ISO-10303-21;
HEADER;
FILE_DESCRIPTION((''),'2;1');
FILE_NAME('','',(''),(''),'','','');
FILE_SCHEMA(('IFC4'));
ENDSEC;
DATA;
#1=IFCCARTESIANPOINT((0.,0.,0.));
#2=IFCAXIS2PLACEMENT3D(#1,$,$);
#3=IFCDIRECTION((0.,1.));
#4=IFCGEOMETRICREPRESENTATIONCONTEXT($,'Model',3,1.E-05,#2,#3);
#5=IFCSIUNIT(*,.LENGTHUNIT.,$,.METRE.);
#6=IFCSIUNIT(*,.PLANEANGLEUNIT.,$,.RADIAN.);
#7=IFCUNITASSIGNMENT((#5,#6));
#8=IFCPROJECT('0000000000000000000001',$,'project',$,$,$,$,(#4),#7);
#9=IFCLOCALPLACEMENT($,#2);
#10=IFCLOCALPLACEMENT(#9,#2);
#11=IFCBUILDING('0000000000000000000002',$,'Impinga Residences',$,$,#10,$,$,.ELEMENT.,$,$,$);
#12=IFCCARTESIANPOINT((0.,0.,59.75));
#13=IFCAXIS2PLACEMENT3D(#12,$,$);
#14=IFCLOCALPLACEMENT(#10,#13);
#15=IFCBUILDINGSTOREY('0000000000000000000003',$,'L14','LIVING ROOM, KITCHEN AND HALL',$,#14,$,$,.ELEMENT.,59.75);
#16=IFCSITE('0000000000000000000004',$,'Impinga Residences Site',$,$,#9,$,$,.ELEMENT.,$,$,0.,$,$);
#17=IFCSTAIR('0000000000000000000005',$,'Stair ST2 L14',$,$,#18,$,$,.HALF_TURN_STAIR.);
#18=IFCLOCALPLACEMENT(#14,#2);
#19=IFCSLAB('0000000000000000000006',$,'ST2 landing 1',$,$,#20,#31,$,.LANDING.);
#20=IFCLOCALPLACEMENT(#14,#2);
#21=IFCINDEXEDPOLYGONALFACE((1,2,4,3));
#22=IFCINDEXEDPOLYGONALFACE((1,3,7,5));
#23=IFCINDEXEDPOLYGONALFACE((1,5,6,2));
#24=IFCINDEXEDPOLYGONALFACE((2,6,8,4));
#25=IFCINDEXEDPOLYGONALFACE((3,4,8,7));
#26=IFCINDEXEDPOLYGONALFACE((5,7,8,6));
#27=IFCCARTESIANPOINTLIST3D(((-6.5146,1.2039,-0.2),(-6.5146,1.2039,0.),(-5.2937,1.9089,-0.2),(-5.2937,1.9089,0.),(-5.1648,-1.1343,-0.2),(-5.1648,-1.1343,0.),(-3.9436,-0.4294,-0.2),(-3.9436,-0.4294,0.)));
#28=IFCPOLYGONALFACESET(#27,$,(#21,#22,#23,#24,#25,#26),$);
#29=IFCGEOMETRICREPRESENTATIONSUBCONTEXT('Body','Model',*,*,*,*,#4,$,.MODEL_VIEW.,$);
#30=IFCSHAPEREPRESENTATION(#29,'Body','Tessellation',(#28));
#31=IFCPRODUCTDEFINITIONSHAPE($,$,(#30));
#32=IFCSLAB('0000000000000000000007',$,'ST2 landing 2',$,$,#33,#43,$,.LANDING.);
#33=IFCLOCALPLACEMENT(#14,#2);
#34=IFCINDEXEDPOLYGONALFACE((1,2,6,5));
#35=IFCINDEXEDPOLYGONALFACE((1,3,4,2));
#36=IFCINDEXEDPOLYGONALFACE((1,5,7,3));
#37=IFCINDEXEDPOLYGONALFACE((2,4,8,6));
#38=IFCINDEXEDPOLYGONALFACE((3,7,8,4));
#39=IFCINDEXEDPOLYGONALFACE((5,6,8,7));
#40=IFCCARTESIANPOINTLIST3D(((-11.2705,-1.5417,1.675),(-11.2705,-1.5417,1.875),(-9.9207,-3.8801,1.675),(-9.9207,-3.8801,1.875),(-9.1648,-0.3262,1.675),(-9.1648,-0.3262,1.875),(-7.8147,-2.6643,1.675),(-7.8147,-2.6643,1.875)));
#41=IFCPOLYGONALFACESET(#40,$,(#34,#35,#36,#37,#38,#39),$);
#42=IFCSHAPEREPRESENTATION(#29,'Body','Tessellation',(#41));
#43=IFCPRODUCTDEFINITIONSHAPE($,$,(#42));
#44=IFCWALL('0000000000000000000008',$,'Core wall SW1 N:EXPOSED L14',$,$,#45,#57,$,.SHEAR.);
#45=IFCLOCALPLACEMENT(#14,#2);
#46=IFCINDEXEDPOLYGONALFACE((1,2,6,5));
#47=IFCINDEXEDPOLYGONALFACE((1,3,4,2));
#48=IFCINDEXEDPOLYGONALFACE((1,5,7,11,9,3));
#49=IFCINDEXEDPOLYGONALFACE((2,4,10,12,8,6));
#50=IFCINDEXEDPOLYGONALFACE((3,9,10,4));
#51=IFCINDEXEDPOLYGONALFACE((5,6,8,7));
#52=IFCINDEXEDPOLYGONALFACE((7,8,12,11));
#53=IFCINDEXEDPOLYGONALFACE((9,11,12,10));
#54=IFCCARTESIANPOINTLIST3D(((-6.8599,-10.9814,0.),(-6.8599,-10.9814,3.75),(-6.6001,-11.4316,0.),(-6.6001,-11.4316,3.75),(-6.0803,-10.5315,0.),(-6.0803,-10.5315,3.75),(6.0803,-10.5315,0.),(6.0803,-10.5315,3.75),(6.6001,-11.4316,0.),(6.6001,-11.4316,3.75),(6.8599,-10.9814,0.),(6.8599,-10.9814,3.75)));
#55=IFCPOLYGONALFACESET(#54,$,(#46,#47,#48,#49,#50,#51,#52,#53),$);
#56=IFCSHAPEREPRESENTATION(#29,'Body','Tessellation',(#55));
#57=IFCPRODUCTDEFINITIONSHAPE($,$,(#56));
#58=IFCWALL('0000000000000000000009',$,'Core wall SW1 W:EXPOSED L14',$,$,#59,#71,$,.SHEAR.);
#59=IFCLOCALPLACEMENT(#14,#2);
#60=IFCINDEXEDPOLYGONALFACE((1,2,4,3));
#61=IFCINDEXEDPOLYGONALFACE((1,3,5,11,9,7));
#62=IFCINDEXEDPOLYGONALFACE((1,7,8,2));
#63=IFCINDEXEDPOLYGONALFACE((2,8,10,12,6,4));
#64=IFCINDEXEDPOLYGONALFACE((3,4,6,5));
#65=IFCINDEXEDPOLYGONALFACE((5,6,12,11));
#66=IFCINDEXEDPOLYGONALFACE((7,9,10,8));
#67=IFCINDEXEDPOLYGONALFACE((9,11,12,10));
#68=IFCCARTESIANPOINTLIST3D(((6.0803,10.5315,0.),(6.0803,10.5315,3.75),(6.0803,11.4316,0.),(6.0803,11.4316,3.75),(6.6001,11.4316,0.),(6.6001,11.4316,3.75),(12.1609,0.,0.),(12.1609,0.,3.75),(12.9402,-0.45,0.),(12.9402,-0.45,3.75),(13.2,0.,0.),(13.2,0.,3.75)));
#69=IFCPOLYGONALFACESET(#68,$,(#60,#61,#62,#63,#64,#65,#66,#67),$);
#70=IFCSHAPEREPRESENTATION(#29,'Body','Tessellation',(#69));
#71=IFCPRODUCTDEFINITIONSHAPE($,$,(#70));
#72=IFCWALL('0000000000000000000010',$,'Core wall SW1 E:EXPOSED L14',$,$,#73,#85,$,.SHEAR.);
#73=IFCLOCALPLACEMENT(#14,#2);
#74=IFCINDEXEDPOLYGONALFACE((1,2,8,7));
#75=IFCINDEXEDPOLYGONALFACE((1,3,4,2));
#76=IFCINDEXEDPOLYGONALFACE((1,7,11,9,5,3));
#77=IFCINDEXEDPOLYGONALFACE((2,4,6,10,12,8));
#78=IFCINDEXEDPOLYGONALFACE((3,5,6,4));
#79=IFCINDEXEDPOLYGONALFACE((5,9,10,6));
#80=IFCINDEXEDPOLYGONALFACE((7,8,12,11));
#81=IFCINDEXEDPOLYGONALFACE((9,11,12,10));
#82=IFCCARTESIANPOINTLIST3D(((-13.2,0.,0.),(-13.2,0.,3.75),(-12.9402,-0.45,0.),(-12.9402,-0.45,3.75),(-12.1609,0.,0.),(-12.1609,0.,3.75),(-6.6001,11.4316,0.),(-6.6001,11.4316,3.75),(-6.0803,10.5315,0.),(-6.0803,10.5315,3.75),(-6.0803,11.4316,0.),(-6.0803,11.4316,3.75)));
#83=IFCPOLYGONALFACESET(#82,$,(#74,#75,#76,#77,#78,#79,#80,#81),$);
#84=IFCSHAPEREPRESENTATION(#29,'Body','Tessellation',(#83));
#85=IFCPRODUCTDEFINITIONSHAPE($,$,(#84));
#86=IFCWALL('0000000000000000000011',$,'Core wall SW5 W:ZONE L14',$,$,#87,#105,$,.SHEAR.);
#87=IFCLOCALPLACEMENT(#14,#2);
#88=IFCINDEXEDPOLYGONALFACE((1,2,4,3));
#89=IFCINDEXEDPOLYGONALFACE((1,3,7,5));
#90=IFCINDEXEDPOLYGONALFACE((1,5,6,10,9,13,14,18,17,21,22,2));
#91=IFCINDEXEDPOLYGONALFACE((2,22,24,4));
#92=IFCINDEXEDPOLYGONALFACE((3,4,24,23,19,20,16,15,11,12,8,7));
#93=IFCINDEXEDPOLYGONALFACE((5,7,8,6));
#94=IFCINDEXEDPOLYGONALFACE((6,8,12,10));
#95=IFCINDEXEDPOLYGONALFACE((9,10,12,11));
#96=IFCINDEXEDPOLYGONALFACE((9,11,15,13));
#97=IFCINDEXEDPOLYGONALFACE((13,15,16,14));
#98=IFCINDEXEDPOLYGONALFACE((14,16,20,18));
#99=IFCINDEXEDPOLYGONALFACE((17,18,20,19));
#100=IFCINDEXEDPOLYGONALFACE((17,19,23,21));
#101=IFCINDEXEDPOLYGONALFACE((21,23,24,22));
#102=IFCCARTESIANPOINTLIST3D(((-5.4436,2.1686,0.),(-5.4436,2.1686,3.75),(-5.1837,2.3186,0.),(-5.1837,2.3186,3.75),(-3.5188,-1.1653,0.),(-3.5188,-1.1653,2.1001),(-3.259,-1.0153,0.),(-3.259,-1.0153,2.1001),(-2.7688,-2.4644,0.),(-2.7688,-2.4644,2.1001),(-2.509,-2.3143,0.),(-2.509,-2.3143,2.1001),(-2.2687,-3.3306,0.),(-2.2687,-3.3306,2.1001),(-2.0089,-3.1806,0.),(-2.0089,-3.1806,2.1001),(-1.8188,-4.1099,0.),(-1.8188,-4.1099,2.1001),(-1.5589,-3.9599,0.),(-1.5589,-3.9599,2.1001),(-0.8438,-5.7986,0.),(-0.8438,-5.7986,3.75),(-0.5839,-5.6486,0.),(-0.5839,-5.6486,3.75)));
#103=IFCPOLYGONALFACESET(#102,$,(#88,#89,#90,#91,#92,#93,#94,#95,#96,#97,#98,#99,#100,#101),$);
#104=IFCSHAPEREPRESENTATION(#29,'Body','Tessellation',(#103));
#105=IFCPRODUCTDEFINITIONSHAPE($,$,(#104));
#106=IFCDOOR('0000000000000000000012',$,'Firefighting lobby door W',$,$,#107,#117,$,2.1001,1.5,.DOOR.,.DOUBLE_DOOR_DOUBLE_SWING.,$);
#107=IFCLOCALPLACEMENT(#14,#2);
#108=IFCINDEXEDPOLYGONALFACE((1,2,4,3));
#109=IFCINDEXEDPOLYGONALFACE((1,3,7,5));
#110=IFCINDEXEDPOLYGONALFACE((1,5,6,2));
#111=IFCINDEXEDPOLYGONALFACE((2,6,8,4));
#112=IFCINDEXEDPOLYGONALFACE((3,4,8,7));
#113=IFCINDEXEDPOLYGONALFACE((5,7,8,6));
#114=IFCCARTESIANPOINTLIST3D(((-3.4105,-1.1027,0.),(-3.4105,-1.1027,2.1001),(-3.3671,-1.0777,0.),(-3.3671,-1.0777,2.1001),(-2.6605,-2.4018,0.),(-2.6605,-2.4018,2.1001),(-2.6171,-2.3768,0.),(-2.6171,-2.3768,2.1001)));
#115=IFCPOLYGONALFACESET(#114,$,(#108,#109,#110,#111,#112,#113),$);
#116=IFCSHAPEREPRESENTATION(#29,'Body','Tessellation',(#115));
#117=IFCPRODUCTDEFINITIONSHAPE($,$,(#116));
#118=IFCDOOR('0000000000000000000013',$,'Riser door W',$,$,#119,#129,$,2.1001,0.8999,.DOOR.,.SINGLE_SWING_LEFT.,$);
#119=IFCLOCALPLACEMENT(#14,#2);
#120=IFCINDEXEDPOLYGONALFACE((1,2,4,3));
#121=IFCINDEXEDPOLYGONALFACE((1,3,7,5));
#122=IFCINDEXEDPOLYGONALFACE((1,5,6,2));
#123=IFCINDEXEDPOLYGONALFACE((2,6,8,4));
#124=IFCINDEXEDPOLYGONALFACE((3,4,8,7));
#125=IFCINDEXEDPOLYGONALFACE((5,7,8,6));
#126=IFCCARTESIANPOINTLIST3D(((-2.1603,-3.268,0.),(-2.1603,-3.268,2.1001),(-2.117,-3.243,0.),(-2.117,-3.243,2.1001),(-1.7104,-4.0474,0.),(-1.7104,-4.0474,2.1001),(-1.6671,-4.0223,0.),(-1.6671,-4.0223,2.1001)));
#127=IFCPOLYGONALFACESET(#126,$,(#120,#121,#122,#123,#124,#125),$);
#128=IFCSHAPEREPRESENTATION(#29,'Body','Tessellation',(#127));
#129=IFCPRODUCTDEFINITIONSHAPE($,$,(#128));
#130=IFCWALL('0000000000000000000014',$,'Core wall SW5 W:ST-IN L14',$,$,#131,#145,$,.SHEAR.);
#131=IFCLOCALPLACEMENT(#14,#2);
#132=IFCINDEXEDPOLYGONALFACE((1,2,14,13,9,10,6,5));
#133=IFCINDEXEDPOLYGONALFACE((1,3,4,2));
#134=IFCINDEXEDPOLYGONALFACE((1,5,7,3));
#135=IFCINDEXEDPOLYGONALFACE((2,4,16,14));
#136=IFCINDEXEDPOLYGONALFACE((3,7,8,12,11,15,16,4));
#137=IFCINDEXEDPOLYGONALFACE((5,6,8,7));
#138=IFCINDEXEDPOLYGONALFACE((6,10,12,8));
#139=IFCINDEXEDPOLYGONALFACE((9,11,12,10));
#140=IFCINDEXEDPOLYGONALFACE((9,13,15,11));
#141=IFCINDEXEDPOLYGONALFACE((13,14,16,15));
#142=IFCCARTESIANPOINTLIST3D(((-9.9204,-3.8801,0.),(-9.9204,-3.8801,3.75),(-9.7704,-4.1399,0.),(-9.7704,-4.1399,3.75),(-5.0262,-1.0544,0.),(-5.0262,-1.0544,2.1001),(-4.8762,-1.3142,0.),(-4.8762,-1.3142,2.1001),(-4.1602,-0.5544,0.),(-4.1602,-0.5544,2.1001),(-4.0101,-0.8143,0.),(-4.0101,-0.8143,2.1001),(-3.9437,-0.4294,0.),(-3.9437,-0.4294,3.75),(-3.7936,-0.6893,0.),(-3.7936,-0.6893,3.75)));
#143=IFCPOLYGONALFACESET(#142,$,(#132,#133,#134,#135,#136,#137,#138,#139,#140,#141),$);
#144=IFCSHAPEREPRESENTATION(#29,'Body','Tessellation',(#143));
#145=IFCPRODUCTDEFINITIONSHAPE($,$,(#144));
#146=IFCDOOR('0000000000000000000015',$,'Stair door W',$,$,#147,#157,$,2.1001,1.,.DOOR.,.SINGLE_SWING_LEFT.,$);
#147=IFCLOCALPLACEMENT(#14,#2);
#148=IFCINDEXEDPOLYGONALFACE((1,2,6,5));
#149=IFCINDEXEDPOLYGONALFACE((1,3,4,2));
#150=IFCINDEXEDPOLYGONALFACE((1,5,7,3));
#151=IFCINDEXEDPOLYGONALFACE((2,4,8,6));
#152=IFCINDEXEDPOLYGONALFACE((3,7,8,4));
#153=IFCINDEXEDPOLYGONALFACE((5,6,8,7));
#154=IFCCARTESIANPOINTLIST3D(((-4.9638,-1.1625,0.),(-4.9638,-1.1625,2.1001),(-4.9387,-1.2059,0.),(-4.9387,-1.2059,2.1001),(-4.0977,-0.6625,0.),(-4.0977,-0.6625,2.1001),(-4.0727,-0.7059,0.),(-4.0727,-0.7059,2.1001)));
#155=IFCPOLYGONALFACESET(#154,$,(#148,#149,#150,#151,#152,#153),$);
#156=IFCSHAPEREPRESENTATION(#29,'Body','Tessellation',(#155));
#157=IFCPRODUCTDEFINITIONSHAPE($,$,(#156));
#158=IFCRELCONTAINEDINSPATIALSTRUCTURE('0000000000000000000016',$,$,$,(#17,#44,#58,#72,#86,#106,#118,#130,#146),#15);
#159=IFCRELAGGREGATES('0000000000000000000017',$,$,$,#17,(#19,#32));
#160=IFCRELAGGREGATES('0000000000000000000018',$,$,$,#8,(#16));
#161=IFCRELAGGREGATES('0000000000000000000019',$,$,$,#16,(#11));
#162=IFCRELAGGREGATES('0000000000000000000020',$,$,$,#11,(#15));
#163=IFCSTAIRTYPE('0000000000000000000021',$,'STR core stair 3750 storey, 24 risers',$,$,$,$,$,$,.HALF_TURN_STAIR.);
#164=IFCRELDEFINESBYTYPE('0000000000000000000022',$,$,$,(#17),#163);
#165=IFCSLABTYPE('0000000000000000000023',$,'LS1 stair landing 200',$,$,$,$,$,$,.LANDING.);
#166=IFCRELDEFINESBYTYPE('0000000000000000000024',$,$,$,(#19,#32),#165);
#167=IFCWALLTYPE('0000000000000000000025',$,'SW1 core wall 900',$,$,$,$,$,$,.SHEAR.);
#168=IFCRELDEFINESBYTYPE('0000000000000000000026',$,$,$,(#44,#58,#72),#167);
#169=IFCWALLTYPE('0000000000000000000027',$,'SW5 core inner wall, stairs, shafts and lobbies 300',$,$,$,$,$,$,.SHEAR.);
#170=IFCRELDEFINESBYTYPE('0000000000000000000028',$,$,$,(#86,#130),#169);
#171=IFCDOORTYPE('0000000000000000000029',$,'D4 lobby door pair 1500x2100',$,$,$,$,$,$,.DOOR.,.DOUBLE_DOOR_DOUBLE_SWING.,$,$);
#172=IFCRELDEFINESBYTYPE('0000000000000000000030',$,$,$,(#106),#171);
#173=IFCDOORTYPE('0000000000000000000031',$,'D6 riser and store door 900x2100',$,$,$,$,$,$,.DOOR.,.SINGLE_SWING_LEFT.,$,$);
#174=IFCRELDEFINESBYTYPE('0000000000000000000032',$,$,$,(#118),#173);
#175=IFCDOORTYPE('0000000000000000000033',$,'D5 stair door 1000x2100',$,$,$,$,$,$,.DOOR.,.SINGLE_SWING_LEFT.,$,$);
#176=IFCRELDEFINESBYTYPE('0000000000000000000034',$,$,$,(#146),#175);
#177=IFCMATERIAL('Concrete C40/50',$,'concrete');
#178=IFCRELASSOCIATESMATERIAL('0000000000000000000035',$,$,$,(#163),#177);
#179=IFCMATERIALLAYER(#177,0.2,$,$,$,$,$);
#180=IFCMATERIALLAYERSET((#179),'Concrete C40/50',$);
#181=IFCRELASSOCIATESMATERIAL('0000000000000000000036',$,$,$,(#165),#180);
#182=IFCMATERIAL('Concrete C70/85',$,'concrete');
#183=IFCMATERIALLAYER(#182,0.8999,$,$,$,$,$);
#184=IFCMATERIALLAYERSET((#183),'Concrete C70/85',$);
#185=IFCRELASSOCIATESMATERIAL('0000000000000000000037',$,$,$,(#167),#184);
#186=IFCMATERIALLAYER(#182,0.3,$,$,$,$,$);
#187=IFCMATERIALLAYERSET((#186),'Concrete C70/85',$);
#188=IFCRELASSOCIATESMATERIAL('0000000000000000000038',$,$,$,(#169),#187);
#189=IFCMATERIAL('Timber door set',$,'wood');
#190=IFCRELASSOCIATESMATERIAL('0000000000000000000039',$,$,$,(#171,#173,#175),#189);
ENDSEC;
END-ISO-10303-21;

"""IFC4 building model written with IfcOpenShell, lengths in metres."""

from ifc_helpers import new_model, si_unit, direction, frame, frame_2d, origin, place, context, subcontext, project, spatial, polyline, rectangle, outline, extrude, material, layer, layer_set, type_object, element, fill, aggregate, save


model = new_model("IFC4")

# Units and contexts
model_context = context("Model", 3, precision=1e-05, world=origin(), true_north=direction((0.0, 1.0)))
body_context = subcontext(model_context, "Body", "Model", "MODEL_VIEW")
ifc_project = project(units=[si_unit("LENGTHUNIT", "METRE"), si_unit("PLANEANGLEUNIT", "RADIAN")], contexts=[model_context])

# Site, building, storey
site_placement = place(None, origin())
site = spatial("IfcSite", under=ifc_project, at=site_placement, Name="Impinga Residences Site", CompositionType="ELEMENT", RefElevation=0.0)
building_placement = place(site_placement, origin())
building = spatial("IfcBuilding", under=site, at=building_placement, Name="Impinga Residences", CompositionType="ELEMENT")
storey_placement = place(building_placement, frame((0.0, 0.0, 59.75)))
storey = spatial("IfcBuildingStorey", under=building, at=storey_placement, Name="L14", Description="LIVING ROOM, KITCHEN AND HALL", CompositionType="ELEMENT", Elevation=59.75)

# Stair, slabs
ifc_material_1 = material(Name="Concrete C40/50", Category="concrete")
stair_type = type_object("IfcStairType", Name="STR core stair 3750 storey, 24 risers", PredefinedType="HALF_TURN_STAIR", material=ifc_material_1)
ifc_layer_1 = layer(ifc_material_1, 0.2)
ifc_layer_set_1 = layer_set([ifc_layer_1], Name="Concrete C40/50")
slab_type_1 = type_object("IfcSlabType", Name="LS1 stair landing 200", PredefinedType="LANDING", material=ifc_layer_set_1)
stair_1_placement = place(storey_placement, origin())
stair_1 = element("IfcStair", 1, at=stair_1_placement, inside=storey, type_object=stair_type, Name="Stair ST2 L14", PredefinedType="HALF_TURN_STAIR")
slab_1_placement = place(storey_placement, frame((0.0, 0.0, -0.2)))
slab_1 = element("IfcSlab", 2, at=slab_1_placement, type_object=slab_type_1, Name="ST2 landing 1", PredefinedType="LANDING", context=body_context, shape_type="SweptSolid", body=[
    extrude(outline(polyline([(-3.9436, -0.4294), (-5.2937, 1.9089), (-6.5146, 1.2039), (-5.1648, -1.1343), (-3.9436, -0.4294)])), origin(), (0.0, 0.0, 1.0), 0.2),
])
slab_2_placement = place(storey_placement, frame((0.0, 0.0, 1.675)))
slab_2 = element("IfcSlab", 3, at=slab_2_placement, type_object=slab_type_1, Name="ST2 landing 2", PredefinedType="LANDING", context=body_context, shape_type="SweptSolid", body=[
    extrude(outline(polyline([(-7.8147, -2.6643), (-9.1648, -0.3262), (-11.2705, -1.5417), (-9.9207, -3.8801), (-7.8147, -2.6643)])), origin(), (0.0, 0.0, 1.0), 0.2),
])

# Walls
ifc_material_2 = material(Name="Concrete C70/85", Category="concrete")
ifc_layer_2 = layer(ifc_material_2, 0.8999)
ifc_layer_set_2 = layer_set([ifc_layer_2], Name="Concrete C70/85")
wall_type_1 = type_object("IfcWallType", Name="SW1 core wall 900", PredefinedType="SHEAR", material=ifc_layer_set_2)
wall_1_placement = place(storey_placement, origin())
element("IfcWall", 4, at=wall_1_placement, inside=storey, type_object=wall_type_1, Name="Core wall SW1 N:EXPOSED L14", PredefinedType="SHEAR", context=body_context, shape_type="SweptSolid", body=[
    extrude(outline(polyline([(-6.6001, -11.4316), (6.6001, -11.4316), (6.8599, -10.9814), (6.0803, -10.5315), (-6.0803, -10.5315), (-6.8599, -10.9814), (-6.6001, -11.4316)])), origin(), (0.0, 0.0, 1.0), 3.75),
])
wall_2_placement = place(storey_placement, origin())
element("IfcWall", 5, at=wall_2_placement, inside=storey, type_object=wall_type_1, Name="Core wall SW1 W:EXPOSED L14", PredefinedType="SHEAR", context=body_context, shape_type="SweptSolid", body=[
    extrude(outline(polyline([(13.2, 0.0), (6.6001, 11.4316), (6.0803, 11.4316), (6.0803, 10.5315), (12.1609, 0.0), (12.9402, -0.45), (13.2, 0.0)])), origin(), (0.0, 0.0, 1.0), 3.75),
])
wall_3_placement = place(storey_placement, origin())
element("IfcWall", 6, at=wall_3_placement, inside=storey, type_object=wall_type_1, Name="Core wall SW1 E:EXPOSED L14", PredefinedType="SHEAR", context=body_context, shape_type="SweptSolid", body=[
    extrude(outline(polyline([(-6.6001, 11.4316), (-13.2, 0.0), (-12.9402, -0.45), (-12.1609, 0.0), (-6.0803, 10.5315), (-6.0803, 11.4316), (-6.6001, 11.4316)])), origin(), (0.0, 0.0, 1.0), 3.75),
])

# Wall, openings, doors
ifc_layer_3 = layer(ifc_material_2, 0.3)
ifc_layer_set_3 = layer_set([ifc_layer_3], Name="Concrete C70/85")
wall_type_2 = type_object("IfcWallType", Name="SW5 core inner wall, stairs, shafts and lobbies 300", PredefinedType="SHEAR", material=ifc_layer_set_3)
wall_4_placement = place(storey_placement, frame((-0.7139, -5.7236, 0.0), z_axis=(0.0, 0.0, 1.0), x_axis=(-0.499995, 0.866028, 0.0)))
wall_4 = element("IfcWall", 7, at=wall_4_placement, inside=storey, type_object=wall_type_2, Name="Core wall SW5 W:ZONE L14", PredefinedType="SHEAR", context=body_context, shape_type="SweptSolid", body=[
    extrude(rectangle(XDim=9.1997, YDim=0.3, at=frame_2d((4.5999, 0.0))), origin(), (0.0, 0.0, 1.0), 3.75),
])
opening_1_placement = place(wall_4_placement, frame((3.8501, 0.0, 0.0)))
opening_1 = element("IfcOpeningElement", 8, at=opening_1_placement, cuts=wall_4, PredefinedType="OPENING", context=body_context, shape_type="SweptSolid", body=[
    extrude(rectangle(XDim=1.5, YDim=2.1001, at=frame_2d((0.75, 1.05))), frame((0.0, 0.1599, 0.0), z_axis=(0.0, -1.0, 0.0), x_axis=(1.0, 0.0, 0.0)), (0.0, 0.0, 1.0), 0.3201),
])
opening_2_placement = place(wall_4_placement, frame((1.95, 0.0, 0.0)))
opening_2 = element("IfcOpeningElement", 9, at=opening_2_placement, cuts=wall_4, PredefinedType="OPENING", context=body_context, shape_type="SweptSolid", body=[
    extrude(rectangle(XDim=0.8999, YDim=2.1001, at=frame_2d((0.45, 1.05))), frame((0.0, 0.1599, 0.0), z_axis=(0.0, -1.0, 0.0), x_axis=(1.0, 0.0, 0.0)), (0.0, 0.0, 1.0), 0.3201),
])
ifc_material_3 = material(Name="Timber door set", Category="wood")
door_type_1 = type_object("IfcDoorType", Name="D4 lobby door pair 1500x2100", OperationType="DOUBLE_DOOR_DOUBLE_SWING", PredefinedType="DOOR", material=ifc_material_3)
door_1_placement = place(opening_1_placement, origin())
door_1 = element("IfcDoor", 10, at=door_1_placement, inside=storey, type_object=door_type_1, Name="Firefighting lobby door W", OperationType="DOUBLE_DOOR_DOUBLE_SWING", OverallHeight=2.1001, OverallWidth=1.5, PredefinedType="DOOR", context=body_context, shape_type="SweptSolid", body=[
    extrude(rectangle(XDim=1.5, YDim=2.1001, at=frame_2d((0.75, 1.05))), frame((0.0, 0.0249, 0.0), z_axis=(0.0, -1.0, 0.0), x_axis=(1.0, 0.0, 0.0)), (0.0, 0.0, 1.0), 0.05),
])
fill(opening_1, door_1)
door_type_2 = type_object("IfcDoorType", Name="D6 riser and store door 900x2100", OperationType="SINGLE_SWING_LEFT", PredefinedType="DOOR", material=ifc_material_3)
door_2_placement = place(opening_2_placement, origin())
door_2 = element("IfcDoor", 11, at=door_2_placement, inside=storey, type_object=door_type_2, Name="Riser door W", OperationType="SINGLE_SWING_LEFT", OverallHeight=2.1001, OverallWidth=0.8999, PredefinedType="DOOR", context=body_context, shape_type="SweptSolid", body=[
    extrude(rectangle(XDim=0.8999, YDim=2.1001, at=frame_2d((0.45, 1.05))), frame((0.0, 0.0249, 0.0), z_axis=(0.0, -1.0, 0.0), x_axis=(1.0, 0.0, 0.0)), (0.0, 0.0, 1.0), 0.05),
])
fill(opening_2, door_2)

# Wall, opening, door
wall_5_placement = place(storey_placement, frame((-3.8687, -0.5593, 0.0), z_axis=(0.0, 0.0, 1.0), x_axis=(-0.866027, -0.499997, 0.0)))
wall_5 = element("IfcWall", 12, at=wall_5_placement, inside=storey, type_object=wall_type_2, Name="Core wall SW5 W:ST-IN L14", PredefinedType="SHEAR", context=body_context, shape_type="SweptSolid", body=[
    extrude(rectangle(XDim=6.9014, YDim=0.3, at=frame_2d((3.4507, 0.0))), origin(), (0.0, 0.0, 1.0), 3.75),
])
opening_3_placement = place(wall_5_placement, frame((0.25, 0.0, 0.0)))
opening_3 = element("IfcOpeningElement", 13, at=opening_3_placement, cuts=wall_5, PredefinedType="OPENING", context=body_context, shape_type="SweptSolid", body=[
    extrude(rectangle(XDim=1.0, YDim=2.1001, at=frame_2d((0.5, 1.05))), frame((0.0, 0.1599, 0.0), z_axis=(0.0, -1.0, 0.0), x_axis=(1.0, 0.0, 0.0)), (0.0, 0.0, 1.0), 0.3201),
])
door_type_3 = type_object("IfcDoorType", Name="D5 stair door 1000x2100", OperationType="SINGLE_SWING_LEFT", PredefinedType="DOOR", material=ifc_material_3)
door_3_placement = place(opening_3_placement, origin())
door_3 = element("IfcDoor", 14, at=door_3_placement, inside=storey, type_object=door_type_3, Name="Stair door W", OperationType="SINGLE_SWING_LEFT", OverallHeight=2.1001, OverallWidth=1.0, PredefinedType="DOOR", context=body_context, shape_type="SweptSolid", body=[
    extrude(rectangle(XDim=1.0, YDim=2.1001, at=frame_2d((0.5, 1.05))), frame((0.0, 0.0249, 0.0), z_axis=(0.0, -1.0, 0.0), x_axis=(1.0, 0.0, 0.0)), (0.0, 0.0, 1.0), 0.05),
])
fill(opening_3, door_3)

aggregate(stair_1, [slab_1, slab_2])

save(model, "model.ifc")
